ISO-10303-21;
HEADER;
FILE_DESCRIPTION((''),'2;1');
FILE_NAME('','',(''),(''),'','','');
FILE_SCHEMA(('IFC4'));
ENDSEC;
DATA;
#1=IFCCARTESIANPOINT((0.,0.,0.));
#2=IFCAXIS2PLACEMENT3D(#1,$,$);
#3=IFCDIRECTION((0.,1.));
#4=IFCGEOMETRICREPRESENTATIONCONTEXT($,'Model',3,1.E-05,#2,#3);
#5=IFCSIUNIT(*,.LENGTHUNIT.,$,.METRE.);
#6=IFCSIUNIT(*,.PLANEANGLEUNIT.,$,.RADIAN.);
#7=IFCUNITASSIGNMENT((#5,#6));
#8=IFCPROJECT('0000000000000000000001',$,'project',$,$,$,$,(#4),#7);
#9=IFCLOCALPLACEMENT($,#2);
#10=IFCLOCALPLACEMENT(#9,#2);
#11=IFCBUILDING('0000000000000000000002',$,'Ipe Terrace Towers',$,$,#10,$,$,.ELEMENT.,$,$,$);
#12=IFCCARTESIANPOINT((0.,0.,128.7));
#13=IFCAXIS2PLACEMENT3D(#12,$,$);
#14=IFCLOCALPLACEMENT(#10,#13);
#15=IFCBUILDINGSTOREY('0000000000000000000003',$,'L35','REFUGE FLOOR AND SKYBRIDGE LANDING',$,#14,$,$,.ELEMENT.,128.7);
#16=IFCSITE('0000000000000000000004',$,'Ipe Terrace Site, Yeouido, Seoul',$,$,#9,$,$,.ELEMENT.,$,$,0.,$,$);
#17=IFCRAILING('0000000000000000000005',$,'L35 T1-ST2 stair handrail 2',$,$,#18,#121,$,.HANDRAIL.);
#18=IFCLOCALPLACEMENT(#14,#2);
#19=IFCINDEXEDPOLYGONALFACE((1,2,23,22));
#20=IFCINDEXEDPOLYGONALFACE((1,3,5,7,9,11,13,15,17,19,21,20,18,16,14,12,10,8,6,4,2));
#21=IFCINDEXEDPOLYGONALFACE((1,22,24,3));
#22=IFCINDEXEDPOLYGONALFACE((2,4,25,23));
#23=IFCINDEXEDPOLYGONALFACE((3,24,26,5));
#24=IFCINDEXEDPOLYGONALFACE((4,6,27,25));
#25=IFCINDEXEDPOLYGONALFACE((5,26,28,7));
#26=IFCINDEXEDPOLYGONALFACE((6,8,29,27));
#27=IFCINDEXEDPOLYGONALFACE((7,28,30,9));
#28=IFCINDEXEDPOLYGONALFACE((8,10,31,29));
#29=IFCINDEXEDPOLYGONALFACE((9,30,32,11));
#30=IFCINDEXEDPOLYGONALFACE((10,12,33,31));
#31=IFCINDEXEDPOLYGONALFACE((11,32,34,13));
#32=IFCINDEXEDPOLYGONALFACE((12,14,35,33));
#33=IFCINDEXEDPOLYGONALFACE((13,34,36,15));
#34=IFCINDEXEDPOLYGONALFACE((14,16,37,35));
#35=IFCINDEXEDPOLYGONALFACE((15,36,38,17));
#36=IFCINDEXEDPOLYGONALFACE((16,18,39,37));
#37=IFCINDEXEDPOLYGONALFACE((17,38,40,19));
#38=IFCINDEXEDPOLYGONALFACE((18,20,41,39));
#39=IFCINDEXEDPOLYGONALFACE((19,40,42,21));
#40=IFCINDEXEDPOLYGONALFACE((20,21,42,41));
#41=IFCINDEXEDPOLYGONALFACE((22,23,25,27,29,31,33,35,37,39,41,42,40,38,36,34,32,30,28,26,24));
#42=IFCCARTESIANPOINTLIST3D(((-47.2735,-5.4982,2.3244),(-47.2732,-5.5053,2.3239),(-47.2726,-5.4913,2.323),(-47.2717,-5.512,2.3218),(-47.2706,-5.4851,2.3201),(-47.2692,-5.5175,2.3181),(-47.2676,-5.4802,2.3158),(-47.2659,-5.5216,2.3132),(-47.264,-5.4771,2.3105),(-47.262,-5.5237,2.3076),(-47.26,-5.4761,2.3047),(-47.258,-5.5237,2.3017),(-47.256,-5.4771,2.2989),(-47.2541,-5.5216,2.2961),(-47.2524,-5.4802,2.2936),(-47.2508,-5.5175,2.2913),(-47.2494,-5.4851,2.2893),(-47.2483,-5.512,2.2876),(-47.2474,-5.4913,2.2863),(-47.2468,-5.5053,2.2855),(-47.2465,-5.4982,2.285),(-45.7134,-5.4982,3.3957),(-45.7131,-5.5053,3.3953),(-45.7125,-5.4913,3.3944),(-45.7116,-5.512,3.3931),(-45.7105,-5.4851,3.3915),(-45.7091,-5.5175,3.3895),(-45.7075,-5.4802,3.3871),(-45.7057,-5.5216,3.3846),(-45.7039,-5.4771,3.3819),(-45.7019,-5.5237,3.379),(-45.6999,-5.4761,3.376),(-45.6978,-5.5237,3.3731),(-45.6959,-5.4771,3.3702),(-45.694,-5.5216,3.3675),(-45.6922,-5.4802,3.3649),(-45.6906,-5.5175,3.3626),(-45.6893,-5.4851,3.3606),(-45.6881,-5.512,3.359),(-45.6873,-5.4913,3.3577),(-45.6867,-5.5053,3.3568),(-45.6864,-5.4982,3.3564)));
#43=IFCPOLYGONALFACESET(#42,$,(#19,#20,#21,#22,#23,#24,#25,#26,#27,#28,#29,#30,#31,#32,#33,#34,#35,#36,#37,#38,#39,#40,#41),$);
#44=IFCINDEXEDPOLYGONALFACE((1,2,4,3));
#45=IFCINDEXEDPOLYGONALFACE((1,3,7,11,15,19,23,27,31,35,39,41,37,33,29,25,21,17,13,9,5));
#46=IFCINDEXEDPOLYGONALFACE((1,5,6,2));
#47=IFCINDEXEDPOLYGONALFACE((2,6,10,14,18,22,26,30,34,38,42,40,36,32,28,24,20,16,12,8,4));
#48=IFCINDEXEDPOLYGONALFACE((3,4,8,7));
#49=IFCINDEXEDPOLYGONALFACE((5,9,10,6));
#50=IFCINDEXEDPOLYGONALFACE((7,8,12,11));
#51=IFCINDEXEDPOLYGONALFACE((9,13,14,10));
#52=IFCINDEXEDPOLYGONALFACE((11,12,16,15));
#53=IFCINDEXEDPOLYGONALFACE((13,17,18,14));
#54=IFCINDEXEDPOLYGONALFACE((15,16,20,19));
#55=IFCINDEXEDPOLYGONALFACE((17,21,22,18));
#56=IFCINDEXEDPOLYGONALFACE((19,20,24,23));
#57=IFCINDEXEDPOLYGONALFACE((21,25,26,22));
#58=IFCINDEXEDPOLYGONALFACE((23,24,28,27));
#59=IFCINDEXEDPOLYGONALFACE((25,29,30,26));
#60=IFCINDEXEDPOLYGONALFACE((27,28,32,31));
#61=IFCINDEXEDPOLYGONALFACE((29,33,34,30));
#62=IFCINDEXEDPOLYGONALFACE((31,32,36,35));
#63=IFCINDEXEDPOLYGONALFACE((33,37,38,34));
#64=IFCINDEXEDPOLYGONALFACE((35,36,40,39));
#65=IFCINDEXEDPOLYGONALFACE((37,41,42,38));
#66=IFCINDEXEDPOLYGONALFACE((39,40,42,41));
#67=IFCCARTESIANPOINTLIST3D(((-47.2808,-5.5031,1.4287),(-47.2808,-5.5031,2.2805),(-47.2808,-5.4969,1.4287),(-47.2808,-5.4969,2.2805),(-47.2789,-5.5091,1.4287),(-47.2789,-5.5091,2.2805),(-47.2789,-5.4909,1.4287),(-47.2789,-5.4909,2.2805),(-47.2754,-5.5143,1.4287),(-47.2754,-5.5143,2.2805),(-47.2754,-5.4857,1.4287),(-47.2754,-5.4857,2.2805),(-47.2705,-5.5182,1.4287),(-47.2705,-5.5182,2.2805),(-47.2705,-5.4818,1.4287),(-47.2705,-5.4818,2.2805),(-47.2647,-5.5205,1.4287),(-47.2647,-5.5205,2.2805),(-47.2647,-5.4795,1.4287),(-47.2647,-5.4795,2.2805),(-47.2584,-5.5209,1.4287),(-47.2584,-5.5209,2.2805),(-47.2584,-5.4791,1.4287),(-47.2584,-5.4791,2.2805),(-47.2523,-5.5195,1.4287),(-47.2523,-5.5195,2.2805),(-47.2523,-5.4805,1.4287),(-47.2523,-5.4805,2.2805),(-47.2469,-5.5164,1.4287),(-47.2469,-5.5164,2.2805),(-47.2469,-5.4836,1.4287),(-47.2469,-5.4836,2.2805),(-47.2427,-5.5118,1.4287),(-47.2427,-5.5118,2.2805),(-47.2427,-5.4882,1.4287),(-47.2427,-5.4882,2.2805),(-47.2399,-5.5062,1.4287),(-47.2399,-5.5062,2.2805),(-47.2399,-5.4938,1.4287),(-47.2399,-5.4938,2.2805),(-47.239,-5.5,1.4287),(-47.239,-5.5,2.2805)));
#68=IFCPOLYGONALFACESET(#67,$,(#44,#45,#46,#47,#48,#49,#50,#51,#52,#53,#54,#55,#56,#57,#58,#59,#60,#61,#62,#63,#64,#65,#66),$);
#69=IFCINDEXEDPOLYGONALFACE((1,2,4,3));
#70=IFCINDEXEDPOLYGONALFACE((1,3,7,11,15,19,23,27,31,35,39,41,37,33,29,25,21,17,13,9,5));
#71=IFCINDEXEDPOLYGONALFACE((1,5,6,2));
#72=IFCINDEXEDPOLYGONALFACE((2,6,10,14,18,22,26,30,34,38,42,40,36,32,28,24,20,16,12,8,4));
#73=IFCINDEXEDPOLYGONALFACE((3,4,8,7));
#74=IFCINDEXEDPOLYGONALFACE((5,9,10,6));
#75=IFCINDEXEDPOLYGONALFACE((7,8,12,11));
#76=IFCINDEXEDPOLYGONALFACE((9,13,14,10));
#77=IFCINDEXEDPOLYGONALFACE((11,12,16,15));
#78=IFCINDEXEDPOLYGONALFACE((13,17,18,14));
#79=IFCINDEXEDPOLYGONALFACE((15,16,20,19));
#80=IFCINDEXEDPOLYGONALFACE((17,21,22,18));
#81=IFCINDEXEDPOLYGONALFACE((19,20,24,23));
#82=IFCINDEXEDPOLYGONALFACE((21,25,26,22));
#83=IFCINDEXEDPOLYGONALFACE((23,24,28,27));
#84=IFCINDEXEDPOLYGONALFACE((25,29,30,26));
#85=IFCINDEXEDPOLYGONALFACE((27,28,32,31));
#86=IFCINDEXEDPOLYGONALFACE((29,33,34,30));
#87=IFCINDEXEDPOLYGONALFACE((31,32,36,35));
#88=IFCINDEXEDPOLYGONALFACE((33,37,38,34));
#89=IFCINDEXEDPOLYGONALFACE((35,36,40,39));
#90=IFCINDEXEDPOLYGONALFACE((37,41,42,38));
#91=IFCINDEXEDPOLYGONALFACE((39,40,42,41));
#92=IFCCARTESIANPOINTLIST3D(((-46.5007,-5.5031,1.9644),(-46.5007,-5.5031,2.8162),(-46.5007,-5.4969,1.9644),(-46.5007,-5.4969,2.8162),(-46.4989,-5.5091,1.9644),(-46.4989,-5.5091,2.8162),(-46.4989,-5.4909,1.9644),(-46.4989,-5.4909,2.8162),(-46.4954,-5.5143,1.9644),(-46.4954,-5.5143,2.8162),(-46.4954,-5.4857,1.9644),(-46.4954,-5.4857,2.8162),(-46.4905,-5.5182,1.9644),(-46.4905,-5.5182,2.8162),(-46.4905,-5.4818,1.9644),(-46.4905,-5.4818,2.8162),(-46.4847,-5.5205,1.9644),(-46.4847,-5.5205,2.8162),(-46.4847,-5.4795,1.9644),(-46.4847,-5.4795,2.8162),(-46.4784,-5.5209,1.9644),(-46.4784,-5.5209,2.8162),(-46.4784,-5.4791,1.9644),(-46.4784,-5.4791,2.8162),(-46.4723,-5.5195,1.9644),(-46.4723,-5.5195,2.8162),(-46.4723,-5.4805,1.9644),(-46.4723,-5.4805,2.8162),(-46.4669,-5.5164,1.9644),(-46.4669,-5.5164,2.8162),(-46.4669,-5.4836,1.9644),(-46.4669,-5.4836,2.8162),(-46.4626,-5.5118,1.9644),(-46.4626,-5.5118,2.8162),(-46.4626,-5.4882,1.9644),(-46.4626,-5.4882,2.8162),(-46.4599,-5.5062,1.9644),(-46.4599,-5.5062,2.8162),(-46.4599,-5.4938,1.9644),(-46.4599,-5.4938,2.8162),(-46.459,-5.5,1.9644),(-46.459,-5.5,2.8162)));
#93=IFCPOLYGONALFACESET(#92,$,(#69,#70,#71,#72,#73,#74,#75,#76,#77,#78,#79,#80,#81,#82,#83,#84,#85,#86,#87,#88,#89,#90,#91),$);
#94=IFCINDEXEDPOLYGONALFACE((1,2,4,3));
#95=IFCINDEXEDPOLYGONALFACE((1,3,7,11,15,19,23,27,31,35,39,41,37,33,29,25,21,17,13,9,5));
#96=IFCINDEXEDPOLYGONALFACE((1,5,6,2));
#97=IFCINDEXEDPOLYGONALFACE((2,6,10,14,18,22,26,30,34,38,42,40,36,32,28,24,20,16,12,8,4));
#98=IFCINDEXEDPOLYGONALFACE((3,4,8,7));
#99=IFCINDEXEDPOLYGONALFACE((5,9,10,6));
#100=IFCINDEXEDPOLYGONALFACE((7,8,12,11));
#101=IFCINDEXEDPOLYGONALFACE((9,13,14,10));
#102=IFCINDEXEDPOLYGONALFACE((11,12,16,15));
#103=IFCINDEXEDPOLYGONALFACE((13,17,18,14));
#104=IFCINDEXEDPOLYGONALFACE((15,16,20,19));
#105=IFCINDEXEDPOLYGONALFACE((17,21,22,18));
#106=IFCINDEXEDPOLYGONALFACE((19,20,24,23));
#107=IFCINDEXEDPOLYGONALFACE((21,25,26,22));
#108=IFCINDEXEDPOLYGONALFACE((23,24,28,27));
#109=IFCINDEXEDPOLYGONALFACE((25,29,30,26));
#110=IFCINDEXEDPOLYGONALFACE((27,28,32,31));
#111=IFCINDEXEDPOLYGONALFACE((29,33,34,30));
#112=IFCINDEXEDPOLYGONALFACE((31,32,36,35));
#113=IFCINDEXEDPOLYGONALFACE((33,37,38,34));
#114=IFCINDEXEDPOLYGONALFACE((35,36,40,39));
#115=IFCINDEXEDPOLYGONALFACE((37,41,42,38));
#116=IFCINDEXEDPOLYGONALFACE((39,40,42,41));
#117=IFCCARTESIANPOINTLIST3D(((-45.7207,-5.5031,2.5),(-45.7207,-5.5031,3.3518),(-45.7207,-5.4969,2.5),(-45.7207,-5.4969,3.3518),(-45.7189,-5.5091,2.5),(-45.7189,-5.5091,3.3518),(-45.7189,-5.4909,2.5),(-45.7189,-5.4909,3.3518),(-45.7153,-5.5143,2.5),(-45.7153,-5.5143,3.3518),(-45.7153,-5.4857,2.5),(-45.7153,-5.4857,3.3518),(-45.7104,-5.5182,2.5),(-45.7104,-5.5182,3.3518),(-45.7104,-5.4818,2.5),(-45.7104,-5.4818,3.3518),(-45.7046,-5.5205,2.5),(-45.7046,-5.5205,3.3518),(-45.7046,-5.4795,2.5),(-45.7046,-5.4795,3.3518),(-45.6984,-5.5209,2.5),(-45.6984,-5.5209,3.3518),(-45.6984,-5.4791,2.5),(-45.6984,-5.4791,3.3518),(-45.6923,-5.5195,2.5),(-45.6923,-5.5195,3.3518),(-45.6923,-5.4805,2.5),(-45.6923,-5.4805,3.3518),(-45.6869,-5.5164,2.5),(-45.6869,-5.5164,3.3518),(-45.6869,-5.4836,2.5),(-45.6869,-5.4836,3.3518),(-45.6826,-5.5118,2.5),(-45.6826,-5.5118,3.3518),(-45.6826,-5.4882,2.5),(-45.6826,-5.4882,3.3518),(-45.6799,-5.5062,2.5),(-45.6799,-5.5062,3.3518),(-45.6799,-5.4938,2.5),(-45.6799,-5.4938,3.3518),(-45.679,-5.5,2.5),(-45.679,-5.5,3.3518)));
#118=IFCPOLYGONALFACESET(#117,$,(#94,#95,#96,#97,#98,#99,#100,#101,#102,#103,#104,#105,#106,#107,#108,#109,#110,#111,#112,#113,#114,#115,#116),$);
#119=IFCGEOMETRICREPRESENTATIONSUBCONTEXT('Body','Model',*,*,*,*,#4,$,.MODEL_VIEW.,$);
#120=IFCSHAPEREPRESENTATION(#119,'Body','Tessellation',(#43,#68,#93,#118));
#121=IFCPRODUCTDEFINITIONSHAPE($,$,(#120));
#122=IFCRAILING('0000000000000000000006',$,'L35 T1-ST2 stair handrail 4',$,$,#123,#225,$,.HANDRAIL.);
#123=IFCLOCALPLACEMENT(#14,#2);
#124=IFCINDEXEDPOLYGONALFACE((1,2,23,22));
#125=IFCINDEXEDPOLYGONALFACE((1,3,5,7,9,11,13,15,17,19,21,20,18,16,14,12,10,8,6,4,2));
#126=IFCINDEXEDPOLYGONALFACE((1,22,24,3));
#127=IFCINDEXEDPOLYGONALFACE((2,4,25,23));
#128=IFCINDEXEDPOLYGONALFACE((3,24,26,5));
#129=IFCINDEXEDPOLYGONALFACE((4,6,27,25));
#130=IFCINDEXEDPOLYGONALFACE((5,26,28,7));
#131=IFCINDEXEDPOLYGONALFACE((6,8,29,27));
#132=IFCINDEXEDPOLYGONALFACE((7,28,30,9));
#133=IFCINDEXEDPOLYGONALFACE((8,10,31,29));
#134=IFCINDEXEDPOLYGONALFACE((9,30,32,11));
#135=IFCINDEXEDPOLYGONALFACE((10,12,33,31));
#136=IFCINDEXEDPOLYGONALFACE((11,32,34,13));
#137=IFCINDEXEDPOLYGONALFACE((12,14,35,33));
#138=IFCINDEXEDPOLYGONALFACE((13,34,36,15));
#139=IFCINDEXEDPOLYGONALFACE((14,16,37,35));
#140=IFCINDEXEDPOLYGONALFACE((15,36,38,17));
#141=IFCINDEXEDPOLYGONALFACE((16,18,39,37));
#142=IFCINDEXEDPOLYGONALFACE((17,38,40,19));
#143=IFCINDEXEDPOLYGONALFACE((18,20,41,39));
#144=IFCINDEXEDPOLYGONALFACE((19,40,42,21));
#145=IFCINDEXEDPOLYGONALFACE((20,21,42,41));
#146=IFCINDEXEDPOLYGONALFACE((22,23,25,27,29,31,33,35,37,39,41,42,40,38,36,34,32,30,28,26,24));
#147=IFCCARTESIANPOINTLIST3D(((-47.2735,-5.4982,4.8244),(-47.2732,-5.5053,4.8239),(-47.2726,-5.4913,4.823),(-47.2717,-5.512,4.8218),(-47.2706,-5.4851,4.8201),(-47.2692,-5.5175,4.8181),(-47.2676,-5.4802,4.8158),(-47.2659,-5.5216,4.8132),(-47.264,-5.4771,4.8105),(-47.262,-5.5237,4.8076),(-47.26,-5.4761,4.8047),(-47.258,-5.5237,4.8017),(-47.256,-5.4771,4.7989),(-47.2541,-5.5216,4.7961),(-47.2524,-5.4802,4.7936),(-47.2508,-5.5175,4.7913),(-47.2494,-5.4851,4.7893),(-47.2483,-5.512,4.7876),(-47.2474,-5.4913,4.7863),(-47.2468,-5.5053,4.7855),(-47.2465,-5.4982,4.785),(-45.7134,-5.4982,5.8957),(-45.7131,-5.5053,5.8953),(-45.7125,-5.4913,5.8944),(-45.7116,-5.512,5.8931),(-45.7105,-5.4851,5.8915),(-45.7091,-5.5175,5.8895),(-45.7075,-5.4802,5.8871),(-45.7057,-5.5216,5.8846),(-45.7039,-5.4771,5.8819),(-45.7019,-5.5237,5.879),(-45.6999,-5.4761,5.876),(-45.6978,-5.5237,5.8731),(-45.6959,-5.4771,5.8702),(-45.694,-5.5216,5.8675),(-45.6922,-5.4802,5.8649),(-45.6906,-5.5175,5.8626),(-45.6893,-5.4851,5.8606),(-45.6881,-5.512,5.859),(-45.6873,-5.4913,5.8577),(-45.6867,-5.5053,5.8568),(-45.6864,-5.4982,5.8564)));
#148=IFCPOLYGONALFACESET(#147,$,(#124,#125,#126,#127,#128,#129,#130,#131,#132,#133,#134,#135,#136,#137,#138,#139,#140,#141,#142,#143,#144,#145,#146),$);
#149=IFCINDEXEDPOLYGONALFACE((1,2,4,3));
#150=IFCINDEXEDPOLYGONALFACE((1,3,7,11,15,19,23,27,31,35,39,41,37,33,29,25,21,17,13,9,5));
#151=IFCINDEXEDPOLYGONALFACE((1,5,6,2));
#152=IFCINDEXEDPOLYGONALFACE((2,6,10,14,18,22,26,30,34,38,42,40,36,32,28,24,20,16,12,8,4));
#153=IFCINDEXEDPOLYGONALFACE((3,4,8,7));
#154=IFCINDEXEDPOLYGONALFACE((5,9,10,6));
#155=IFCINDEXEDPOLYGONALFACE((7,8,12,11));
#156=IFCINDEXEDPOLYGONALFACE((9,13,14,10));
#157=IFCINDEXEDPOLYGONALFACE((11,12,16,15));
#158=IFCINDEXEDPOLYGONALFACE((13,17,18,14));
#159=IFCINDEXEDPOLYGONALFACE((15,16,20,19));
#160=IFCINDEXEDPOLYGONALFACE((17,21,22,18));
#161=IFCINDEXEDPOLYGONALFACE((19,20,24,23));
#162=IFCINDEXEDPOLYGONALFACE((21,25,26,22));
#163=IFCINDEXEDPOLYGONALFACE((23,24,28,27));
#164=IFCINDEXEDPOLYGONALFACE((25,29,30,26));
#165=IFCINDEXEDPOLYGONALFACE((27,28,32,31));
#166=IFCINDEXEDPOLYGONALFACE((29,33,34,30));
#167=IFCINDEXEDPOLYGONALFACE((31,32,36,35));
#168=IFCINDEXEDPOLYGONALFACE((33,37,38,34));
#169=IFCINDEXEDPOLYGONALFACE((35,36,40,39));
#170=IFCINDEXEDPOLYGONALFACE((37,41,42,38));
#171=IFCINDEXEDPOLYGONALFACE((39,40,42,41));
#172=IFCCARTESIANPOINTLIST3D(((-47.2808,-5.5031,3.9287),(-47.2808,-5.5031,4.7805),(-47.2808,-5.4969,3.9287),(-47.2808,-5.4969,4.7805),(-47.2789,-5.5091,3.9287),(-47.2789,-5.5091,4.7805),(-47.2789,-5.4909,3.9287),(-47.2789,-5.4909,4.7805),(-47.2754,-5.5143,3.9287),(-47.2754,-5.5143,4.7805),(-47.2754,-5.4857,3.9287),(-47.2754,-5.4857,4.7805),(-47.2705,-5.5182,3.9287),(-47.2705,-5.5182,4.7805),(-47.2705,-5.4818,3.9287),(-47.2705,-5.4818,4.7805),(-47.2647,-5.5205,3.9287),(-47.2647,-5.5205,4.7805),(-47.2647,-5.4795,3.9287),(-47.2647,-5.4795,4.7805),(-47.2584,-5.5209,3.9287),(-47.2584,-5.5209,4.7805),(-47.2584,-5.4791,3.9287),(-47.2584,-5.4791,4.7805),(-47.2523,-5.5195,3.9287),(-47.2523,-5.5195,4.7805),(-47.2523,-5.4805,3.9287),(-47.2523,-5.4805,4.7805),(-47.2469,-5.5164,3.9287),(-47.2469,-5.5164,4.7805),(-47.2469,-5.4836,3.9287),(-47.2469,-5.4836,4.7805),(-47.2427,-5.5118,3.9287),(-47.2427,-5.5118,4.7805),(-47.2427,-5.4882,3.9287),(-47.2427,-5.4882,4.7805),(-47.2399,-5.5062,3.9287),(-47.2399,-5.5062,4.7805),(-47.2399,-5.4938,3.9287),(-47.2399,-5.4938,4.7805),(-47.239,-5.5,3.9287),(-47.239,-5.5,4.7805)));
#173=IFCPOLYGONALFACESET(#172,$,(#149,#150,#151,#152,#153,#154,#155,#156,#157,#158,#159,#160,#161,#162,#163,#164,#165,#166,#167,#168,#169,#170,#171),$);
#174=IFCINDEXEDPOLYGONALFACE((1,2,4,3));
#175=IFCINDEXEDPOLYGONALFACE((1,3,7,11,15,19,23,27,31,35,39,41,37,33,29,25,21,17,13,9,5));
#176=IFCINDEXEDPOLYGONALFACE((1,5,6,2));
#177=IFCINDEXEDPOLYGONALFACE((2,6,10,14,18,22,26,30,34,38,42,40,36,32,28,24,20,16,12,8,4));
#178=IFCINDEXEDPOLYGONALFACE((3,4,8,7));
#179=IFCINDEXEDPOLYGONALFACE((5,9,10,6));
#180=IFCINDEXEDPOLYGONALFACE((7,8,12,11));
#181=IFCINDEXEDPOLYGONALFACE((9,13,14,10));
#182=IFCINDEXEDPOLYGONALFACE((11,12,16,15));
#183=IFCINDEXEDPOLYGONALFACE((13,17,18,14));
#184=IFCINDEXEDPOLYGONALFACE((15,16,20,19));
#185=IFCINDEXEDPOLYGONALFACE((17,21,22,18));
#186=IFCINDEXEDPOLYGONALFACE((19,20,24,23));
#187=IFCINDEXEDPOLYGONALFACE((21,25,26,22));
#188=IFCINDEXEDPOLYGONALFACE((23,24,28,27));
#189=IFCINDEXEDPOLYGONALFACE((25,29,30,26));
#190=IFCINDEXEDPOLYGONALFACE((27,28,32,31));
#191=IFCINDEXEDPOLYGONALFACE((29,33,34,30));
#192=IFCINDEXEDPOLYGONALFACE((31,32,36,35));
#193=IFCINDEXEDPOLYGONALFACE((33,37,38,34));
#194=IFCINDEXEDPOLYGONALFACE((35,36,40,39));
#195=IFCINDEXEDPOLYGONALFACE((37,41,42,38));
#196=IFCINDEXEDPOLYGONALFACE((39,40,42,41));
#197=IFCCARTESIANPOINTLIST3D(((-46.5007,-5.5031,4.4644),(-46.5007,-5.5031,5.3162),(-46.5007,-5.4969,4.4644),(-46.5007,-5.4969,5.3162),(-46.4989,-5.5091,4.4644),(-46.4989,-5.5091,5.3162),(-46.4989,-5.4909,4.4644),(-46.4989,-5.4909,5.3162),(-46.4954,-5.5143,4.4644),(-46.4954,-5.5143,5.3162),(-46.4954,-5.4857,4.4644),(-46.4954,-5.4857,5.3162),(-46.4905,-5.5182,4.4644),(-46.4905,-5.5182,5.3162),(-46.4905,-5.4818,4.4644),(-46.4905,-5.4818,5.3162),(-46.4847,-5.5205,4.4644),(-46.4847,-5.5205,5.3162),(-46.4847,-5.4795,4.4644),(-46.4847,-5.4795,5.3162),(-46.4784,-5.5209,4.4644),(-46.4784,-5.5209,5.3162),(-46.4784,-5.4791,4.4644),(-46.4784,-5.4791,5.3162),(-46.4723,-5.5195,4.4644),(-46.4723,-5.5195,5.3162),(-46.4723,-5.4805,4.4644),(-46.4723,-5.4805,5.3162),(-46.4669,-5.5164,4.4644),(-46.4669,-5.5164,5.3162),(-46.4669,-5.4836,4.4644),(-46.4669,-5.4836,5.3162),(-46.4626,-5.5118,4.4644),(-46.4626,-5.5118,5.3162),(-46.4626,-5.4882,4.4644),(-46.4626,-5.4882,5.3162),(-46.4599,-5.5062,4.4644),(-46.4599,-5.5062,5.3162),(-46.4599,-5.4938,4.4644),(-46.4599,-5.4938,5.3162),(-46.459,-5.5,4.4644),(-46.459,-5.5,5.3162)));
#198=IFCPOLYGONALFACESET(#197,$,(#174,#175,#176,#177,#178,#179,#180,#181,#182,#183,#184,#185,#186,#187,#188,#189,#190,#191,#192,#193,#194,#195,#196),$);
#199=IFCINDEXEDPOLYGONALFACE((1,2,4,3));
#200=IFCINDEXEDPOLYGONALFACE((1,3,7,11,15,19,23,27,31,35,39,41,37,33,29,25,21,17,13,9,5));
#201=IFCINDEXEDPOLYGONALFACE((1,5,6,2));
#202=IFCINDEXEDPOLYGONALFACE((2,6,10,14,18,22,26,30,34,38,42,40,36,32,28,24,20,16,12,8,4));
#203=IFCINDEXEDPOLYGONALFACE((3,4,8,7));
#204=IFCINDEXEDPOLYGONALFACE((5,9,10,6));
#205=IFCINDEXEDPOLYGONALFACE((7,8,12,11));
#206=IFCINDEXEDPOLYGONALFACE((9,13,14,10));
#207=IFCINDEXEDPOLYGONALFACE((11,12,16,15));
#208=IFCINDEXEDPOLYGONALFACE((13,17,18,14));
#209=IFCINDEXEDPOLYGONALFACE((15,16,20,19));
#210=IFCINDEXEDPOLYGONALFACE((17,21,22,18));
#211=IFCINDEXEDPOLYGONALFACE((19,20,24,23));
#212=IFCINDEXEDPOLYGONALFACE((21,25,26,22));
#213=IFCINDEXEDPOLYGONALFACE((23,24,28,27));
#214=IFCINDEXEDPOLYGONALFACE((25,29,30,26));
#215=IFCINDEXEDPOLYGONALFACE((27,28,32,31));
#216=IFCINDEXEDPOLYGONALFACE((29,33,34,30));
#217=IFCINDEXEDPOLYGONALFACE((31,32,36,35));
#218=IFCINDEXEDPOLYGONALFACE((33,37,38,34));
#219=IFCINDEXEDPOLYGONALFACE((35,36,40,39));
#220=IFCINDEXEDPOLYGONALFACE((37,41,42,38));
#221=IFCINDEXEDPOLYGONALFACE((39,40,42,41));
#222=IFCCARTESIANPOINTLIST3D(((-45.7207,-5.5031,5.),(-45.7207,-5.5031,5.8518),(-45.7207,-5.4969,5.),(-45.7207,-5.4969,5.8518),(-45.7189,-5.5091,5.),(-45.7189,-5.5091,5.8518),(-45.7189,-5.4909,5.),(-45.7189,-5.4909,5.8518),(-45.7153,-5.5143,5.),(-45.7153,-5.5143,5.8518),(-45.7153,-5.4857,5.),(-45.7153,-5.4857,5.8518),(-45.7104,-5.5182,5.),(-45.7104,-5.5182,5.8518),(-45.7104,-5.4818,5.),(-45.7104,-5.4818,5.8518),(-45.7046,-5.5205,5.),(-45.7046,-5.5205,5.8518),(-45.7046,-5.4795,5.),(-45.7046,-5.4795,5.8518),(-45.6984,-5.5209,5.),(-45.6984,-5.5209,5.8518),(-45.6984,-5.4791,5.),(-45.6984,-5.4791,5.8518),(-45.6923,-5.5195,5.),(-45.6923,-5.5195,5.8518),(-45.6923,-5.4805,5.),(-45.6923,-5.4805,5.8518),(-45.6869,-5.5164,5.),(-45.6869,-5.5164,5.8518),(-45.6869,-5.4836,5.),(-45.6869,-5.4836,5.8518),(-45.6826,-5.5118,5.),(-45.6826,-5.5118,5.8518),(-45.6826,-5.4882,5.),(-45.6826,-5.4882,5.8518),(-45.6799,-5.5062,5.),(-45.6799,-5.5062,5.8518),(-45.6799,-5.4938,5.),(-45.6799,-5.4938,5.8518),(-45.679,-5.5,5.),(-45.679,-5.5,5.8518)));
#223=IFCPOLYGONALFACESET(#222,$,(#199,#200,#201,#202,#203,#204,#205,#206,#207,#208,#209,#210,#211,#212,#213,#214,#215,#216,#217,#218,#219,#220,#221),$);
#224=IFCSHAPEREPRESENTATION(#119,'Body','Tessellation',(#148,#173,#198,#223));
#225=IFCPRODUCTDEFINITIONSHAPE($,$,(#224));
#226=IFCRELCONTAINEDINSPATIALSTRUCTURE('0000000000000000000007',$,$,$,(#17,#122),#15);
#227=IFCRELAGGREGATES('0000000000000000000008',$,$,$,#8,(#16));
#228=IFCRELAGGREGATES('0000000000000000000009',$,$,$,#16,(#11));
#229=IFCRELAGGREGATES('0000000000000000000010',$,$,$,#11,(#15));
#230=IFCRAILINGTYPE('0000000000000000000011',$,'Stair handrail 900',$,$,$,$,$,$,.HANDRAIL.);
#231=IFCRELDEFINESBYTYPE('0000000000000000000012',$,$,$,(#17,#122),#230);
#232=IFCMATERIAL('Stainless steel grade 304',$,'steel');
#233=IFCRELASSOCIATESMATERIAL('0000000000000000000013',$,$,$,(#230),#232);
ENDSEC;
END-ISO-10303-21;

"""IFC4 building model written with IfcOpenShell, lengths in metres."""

from ifc_helpers import new_model, si_unit, direction, frame, origin, origin_2d, place, context, subcontext, project, spatial, circle, extrude, material, type_object, element, save


model = new_model("IFC4")

# Units and contexts
model_context = context("Model", 3, precision=1e-05, world=origin(), true_north=direction((0.0, 1.0)))
body_context = subcontext(model_context, "Body", "Model", "MODEL_VIEW")
ifc_project = project(units=[si_unit("LENGTHUNIT", "METRE"), si_unit("PLANEANGLEUNIT", "RADIAN")], contexts=[model_context])

# Site, building, storey
site_placement = place(None, origin())
site = spatial("IfcSite", under=ifc_project, at=site_placement, Name="Ipe Terrace Site, Yeouido, Seoul", CompositionType="ELEMENT", RefElevation=0.0)
building_placement = place(site_placement, origin())
building = spatial("IfcBuilding", under=site, at=building_placement, Name="Ipe Terrace Towers", CompositionType="ELEMENT")
storey_placement = place(building_placement, frame((0.0, 0.0, 128.7)))
storey = spatial("IfcBuildingStorey", under=building, at=storey_placement, Name="L35", Description="REFUGE FLOOR AND SKYBRIDGE LANDING", CompositionType="ELEMENT", Elevation=128.7)

# Railings
ifc_material_1 = material(Name="Stainless steel grade 304", Category="steel")
railing_type_1 = type_object("IfcRailingType", Name="Stair handrail 900", PredefinedType="HANDRAIL", material=ifc_material_1)
for number, where, name in (
    (1, (-47.26, -5.5, 1.4287), "L35 T1-ST2 stair handrail 2"),
    (2, (-47.26, -5.5, 3.9287), "L35 T1-ST2 stair handrail 4"),
):
    element("IfcRailing", number, at=place(storey_placement, frame(where)), inside=storey, type_object=railing_type_1, Name=name, PredefinedType="HANDRAIL", context=body_context, shape_type="SweptSolid", body=[
        extrude(circle(Radius=0.0239, at=origin_2d()), frame((0.0, 0.0, 0.876), z_axis=(0.82435, 0.0, 0.56608), x_axis=(0.0, 1.0, 0.0)), (0.0, 0.0, 1.0), 1.8926),
        extrude(circle(Radius=0.021, at=origin_2d()), origin(), (0.0, 0.0, 1.0), 0.8518),
        extrude(circle(Radius=0.021, at=origin_2d()), frame((0.78, 0.0, 0.5356)), (0.0, 0.0, 1.0), 0.8518),
        extrude(circle(Radius=0.021, at=origin_2d()), frame((1.5601, 0.0, 1.0713)), (0.0, 0.0, 1.0), 0.8518),
    ])

save(model, "model.ifc")
